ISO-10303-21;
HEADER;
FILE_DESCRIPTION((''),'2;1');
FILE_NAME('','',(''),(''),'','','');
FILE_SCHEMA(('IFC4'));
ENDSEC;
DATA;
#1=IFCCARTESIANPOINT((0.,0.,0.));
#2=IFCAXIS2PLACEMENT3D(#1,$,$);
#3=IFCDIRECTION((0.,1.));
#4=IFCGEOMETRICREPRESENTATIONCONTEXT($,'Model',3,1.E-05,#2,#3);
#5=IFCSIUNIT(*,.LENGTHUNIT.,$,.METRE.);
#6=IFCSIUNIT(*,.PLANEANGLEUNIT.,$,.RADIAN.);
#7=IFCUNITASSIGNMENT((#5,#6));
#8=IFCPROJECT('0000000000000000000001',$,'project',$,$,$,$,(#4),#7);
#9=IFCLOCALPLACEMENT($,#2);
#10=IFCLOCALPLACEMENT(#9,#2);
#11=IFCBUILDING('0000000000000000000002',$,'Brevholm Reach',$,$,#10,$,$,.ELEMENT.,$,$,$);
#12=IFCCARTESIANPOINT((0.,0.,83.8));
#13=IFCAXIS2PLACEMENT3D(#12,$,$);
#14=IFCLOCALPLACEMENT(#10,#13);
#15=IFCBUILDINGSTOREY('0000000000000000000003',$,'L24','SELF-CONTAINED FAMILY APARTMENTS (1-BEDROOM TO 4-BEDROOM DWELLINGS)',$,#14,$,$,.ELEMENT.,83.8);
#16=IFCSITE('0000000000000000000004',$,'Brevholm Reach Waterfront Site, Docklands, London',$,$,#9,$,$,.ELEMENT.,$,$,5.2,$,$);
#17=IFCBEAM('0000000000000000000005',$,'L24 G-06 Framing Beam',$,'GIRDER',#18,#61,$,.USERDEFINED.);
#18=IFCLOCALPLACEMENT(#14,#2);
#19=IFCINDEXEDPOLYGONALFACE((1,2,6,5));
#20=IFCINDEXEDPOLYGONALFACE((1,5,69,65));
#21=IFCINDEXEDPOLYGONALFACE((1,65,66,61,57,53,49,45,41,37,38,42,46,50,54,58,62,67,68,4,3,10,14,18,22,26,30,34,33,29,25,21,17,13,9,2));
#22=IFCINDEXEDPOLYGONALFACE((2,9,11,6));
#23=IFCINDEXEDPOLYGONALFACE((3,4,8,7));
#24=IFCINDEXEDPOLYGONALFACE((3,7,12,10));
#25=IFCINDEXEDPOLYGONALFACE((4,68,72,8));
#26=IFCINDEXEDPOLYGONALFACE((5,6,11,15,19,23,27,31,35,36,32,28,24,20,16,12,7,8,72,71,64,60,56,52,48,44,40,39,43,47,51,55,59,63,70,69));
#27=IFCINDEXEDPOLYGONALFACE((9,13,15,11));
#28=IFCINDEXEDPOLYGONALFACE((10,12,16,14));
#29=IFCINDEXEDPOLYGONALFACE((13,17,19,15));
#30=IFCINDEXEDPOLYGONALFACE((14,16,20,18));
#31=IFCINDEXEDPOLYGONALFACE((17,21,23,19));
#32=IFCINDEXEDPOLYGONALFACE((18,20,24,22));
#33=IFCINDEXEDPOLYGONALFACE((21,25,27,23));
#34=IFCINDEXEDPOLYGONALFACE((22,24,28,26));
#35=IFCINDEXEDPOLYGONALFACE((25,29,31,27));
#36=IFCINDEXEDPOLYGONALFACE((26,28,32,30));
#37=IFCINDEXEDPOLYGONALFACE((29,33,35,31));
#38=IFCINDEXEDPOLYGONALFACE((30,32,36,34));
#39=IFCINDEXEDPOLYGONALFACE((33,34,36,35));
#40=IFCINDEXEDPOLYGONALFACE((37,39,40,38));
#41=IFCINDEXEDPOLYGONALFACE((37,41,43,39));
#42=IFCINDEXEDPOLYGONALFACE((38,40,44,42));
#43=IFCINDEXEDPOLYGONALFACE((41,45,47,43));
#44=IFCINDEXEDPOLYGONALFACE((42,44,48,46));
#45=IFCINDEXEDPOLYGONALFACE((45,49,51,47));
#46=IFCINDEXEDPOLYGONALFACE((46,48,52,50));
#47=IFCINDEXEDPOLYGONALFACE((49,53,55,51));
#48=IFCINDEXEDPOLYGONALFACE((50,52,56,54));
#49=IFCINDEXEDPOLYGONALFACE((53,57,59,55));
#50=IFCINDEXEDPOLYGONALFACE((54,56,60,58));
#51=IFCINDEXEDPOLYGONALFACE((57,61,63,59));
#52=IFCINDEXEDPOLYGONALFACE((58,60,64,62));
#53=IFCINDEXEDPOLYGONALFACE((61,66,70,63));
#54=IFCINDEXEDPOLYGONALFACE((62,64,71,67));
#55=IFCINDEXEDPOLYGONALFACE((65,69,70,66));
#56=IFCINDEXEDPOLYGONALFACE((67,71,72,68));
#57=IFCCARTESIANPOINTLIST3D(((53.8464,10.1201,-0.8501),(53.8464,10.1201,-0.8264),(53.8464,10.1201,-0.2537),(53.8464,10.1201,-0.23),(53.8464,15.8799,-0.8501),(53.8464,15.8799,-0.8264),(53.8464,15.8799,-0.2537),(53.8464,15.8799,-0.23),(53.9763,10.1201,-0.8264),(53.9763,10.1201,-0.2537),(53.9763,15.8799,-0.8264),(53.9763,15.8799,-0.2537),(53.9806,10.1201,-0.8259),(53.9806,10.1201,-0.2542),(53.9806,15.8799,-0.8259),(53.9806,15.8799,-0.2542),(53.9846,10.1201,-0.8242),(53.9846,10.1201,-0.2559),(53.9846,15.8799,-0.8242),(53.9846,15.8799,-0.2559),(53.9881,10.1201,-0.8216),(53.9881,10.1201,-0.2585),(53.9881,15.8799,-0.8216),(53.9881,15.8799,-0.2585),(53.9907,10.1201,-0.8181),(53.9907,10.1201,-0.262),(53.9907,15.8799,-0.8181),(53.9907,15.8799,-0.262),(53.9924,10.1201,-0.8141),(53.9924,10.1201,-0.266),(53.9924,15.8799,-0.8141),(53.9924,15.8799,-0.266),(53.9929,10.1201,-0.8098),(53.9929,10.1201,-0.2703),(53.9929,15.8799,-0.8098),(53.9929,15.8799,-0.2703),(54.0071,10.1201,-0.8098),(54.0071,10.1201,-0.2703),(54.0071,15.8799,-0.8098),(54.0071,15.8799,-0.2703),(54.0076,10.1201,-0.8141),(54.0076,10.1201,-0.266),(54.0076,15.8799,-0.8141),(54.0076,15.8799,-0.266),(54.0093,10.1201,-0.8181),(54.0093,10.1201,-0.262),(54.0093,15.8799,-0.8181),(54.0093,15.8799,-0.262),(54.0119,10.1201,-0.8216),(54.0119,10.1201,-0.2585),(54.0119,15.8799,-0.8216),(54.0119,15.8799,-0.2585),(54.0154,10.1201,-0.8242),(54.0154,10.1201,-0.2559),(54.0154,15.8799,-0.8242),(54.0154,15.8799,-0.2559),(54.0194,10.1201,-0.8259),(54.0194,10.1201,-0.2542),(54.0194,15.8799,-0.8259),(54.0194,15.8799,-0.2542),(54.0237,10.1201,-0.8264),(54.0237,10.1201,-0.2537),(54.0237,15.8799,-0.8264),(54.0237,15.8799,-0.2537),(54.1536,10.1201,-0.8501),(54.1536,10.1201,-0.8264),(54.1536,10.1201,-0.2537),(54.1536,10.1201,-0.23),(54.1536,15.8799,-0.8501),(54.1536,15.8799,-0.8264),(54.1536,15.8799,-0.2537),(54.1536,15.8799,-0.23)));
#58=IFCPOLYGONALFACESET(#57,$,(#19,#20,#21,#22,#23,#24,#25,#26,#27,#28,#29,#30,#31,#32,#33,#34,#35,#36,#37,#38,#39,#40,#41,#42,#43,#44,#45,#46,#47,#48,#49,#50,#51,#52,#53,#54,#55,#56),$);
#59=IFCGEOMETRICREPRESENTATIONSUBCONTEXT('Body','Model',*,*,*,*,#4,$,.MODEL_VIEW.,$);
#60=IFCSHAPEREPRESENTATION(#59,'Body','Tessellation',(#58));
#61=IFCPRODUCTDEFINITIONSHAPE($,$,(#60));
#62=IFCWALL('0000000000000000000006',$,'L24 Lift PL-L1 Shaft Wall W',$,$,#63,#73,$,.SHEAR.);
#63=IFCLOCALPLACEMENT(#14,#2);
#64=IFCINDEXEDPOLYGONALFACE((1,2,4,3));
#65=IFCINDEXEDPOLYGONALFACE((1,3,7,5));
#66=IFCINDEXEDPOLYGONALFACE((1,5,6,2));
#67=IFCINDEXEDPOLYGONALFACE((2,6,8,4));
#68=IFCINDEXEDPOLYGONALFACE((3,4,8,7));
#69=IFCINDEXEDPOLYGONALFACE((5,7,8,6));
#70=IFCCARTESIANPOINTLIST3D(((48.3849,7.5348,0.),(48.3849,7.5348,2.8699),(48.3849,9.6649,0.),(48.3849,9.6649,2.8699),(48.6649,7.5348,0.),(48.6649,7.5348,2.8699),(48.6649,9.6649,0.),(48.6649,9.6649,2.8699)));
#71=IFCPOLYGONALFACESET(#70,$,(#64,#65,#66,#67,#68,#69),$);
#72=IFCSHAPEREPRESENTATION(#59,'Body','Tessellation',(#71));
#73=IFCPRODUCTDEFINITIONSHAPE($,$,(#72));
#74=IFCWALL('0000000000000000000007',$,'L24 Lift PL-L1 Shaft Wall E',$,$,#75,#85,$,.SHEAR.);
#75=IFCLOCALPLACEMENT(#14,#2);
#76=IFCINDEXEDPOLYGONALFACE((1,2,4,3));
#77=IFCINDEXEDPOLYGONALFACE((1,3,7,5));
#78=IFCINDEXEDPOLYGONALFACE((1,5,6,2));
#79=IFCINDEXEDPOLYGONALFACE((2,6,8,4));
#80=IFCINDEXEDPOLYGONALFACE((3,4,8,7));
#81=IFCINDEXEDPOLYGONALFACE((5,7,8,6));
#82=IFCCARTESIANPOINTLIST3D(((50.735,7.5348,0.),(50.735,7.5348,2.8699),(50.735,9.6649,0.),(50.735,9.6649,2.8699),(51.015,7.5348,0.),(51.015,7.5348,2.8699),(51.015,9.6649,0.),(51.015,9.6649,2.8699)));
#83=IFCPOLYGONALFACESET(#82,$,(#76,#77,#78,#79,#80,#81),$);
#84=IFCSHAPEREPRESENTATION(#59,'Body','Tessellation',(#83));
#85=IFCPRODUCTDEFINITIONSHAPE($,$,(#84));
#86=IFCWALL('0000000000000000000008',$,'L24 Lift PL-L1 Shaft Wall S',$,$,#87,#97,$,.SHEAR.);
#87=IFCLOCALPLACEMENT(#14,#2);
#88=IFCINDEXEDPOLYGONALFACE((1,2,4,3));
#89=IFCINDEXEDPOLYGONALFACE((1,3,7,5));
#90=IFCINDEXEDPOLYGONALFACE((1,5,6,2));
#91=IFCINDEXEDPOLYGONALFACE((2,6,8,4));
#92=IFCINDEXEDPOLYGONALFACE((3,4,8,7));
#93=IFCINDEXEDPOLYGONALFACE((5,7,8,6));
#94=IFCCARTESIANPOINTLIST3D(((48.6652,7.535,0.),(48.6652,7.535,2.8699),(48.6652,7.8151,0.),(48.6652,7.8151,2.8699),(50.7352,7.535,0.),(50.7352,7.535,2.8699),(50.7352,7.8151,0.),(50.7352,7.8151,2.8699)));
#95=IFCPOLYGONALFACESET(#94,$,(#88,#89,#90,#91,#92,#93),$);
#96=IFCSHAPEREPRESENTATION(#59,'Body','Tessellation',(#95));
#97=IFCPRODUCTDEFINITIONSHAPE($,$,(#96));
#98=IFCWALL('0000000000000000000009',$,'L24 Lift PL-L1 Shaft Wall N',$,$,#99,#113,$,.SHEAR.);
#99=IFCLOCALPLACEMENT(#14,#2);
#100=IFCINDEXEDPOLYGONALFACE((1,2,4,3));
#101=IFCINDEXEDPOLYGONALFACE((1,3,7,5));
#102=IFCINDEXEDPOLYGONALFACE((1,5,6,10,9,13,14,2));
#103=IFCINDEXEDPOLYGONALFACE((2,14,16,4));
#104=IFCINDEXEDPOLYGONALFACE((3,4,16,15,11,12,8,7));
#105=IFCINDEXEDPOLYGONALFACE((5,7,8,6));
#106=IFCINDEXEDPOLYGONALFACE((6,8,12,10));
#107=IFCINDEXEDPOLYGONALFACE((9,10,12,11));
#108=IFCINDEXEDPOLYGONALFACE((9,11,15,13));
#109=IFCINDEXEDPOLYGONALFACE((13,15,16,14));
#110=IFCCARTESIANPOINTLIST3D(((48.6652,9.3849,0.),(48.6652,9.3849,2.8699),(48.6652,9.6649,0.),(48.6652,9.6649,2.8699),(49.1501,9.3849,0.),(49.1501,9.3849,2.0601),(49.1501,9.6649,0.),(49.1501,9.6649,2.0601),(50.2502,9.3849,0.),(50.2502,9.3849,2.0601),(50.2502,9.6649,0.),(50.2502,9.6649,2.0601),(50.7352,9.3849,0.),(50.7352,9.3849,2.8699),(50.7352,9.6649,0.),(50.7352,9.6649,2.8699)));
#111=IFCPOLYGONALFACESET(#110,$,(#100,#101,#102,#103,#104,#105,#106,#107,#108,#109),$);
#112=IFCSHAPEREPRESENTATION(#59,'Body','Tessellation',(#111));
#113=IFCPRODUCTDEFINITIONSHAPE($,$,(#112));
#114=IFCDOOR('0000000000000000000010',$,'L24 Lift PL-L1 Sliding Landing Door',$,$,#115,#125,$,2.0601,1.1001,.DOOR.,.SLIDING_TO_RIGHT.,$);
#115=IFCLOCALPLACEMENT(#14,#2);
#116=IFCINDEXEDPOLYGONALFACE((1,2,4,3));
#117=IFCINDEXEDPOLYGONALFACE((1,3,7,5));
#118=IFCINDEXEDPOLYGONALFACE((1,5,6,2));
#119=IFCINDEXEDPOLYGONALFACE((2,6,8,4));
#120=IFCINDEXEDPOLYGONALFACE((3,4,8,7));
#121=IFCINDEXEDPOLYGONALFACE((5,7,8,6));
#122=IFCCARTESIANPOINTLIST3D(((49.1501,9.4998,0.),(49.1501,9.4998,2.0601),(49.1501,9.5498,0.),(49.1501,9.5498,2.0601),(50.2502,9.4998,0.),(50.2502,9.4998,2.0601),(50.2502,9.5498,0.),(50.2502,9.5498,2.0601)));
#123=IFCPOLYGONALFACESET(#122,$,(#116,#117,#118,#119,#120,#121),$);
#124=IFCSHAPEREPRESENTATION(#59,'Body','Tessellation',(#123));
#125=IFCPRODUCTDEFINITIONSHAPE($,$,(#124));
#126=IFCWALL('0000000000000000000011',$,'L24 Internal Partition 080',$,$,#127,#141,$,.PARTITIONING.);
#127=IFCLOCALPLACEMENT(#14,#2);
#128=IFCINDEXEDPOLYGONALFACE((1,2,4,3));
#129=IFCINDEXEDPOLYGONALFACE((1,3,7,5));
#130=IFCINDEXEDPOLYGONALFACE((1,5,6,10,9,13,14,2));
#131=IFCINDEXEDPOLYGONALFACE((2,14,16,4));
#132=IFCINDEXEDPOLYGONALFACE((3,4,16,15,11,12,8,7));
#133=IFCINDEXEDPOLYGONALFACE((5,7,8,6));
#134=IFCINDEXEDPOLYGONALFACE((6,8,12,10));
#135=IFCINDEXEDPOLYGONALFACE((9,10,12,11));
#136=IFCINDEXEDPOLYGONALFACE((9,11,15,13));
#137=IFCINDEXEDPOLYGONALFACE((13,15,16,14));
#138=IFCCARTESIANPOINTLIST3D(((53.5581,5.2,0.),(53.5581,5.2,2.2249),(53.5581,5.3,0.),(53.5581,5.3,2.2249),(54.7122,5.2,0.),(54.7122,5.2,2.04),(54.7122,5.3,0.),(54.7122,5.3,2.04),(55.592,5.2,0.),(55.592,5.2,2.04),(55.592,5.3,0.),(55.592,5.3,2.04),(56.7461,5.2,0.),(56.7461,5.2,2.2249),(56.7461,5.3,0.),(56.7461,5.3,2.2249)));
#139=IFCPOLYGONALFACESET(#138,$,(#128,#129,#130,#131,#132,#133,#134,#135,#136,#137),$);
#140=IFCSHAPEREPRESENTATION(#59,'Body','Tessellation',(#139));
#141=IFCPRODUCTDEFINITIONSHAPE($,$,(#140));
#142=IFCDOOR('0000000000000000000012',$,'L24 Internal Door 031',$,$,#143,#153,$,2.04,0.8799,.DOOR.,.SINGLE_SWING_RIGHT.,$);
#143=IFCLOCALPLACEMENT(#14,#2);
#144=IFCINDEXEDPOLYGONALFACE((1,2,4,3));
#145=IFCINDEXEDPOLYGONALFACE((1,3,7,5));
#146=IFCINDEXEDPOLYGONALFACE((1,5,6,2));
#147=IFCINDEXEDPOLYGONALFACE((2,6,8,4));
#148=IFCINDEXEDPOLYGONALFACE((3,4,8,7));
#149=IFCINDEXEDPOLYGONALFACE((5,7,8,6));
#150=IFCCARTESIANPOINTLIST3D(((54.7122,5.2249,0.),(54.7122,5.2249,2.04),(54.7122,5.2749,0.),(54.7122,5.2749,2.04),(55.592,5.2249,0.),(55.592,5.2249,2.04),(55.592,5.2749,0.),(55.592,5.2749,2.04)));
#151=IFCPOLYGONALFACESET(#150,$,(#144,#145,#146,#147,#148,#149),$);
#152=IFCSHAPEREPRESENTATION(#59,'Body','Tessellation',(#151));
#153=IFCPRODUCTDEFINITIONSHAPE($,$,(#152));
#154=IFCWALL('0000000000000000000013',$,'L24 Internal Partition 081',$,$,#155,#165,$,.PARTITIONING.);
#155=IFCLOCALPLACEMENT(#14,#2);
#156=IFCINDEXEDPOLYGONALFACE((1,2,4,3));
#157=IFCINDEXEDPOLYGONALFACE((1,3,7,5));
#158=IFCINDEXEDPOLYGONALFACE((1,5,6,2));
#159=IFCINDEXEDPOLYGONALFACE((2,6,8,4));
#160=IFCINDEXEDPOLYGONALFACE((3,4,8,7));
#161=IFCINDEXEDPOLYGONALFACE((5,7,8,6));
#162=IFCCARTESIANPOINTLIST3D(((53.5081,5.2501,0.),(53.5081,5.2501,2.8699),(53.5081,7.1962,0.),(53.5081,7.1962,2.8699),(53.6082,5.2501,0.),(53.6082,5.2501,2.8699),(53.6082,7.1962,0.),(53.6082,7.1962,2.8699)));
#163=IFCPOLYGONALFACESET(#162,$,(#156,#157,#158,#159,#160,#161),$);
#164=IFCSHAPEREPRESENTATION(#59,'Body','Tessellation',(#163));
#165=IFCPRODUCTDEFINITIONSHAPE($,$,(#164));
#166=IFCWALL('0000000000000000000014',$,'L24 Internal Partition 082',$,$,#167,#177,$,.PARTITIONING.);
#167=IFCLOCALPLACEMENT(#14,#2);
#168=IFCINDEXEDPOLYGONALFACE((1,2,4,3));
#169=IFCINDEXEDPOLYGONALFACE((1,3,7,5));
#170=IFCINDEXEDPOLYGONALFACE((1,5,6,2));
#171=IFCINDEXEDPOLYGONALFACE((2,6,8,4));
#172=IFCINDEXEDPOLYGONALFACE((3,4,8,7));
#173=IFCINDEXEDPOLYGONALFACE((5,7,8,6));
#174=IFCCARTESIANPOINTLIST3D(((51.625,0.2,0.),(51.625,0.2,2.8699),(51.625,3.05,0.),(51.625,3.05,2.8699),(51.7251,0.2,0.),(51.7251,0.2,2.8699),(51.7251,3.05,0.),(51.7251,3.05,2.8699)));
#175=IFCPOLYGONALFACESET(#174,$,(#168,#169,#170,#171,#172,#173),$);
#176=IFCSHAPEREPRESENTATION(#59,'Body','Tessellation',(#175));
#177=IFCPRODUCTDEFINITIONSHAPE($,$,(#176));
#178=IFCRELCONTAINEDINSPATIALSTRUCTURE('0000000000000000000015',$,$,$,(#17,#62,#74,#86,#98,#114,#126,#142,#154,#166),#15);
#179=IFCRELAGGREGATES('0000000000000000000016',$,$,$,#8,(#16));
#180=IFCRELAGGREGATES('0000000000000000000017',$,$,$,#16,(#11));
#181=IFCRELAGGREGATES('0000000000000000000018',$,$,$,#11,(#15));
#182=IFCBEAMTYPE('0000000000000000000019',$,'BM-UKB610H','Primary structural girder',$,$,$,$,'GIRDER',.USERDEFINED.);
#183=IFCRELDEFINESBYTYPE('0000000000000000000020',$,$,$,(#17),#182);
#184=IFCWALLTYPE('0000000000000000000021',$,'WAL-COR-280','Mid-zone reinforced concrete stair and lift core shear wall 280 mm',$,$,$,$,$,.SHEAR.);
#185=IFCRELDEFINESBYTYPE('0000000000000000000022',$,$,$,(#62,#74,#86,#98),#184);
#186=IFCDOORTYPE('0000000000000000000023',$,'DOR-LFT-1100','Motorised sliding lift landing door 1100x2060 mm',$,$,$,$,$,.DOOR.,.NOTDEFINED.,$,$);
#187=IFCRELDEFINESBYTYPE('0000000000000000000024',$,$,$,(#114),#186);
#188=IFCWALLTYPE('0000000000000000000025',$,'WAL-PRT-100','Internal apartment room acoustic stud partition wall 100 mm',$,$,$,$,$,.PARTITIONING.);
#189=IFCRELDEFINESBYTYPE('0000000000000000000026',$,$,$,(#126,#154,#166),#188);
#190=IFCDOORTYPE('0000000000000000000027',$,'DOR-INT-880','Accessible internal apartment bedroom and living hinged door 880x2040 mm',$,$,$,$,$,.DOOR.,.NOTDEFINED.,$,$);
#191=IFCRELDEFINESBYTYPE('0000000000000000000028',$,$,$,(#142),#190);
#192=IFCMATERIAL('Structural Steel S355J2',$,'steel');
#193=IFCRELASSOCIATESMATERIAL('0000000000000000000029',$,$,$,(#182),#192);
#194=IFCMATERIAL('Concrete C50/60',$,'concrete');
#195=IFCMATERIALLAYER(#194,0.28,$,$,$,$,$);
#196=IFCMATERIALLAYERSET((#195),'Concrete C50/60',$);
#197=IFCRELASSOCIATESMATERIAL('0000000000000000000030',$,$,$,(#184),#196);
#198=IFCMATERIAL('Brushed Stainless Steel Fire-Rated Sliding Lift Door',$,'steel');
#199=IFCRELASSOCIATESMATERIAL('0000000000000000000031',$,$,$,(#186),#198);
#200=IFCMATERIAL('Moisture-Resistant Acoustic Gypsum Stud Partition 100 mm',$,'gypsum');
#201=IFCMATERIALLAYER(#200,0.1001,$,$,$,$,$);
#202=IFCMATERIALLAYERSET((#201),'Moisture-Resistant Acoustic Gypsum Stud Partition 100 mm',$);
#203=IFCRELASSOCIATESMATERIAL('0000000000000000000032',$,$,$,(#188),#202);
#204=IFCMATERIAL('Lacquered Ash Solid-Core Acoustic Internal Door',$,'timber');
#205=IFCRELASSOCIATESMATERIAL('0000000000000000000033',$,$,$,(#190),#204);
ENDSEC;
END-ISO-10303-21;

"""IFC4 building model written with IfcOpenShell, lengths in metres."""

from ifc_helpers import new_model, si_unit, direction, frame, frame_2d, origin, origin_2d, place, context, subcontext, project, spatial, rectangle, i_section, extrude, material, layer, layer_set, material_profile, profile_set, type_object, element, fill, save


model = new_model("IFC4")

# Units and contexts
model_context = context("Model", 3, precision=1e-05, world=origin(), true_north=direction((0.0, 1.0)))
body_context = subcontext(model_context, "Body", "Model", "MODEL_VIEW")
ifc_project = project(units=[si_unit("LENGTHUNIT", "METRE"), si_unit("PLANEANGLEUNIT", "RADIAN")], contexts=[model_context])

# Site, building, storey
site_placement = place(None, origin())
site = spatial("IfcSite", under=ifc_project, at=site_placement, Name="Brevholm Reach Waterfront Site, Docklands, London", CompositionType="ELEMENT", RefElevation=5.2)
building_placement = place(site_placement, origin())
building = spatial("IfcBuilding", under=site, at=building_placement, Name="Brevholm Reach", CompositionType="ELEMENT")
storey_placement = place(building_placement, frame((0.0, 0.0, 83.8)))
storey = spatial("IfcBuildingStorey", under=building, at=storey_placement, Name="L24", Description="SELF-CONTAINED FAMILY APARTMENTS (1-BEDROOM TO 4-BEDROOM DWELLINGS)", CompositionType="ELEMENT", Elevation=83.8)

# Beam
ifc_material_1 = material(Name="Structural Steel S355J2", Category="steel")
ifc_material_profile_1 = material_profile(ifc_material_1, i_section(OverallWidth=0.3071, OverallDepth=0.6201, WebThickness=0.0142, FlangeThickness=0.0237, FilletRadius=0.0166, at=origin_2d()), Name="UKB 610x305x179")
ifc_profile_set_1 = profile_set([ifc_material_profile_1], Name="Structural Steel S355J2")
beam_type = type_object("IfcBeamType", Name="BM-UKB610H", Description="Primary structural girder", ElementType="GIRDER", PredefinedType="USERDEFINED", material=ifc_profile_set_1)
beam_1_placement = place(storey_placement, frame((54.0, 10.1201, -0.54), z_axis=(0.0, 1.0, 0.0), x_axis=(-1.0, 0.0, 0.0)))
element("IfcBeam", 1, at=beam_1_placement, inside=storey, type_object=beam_type, Name="L24 G-06 Framing Beam", ObjectType="GIRDER", PredefinedType="USERDEFINED", context=body_context, shape_type="SweptSolid", body=[
    extrude(i_section(OverallWidth=0.3071, OverallDepth=0.6201, WebThickness=0.0142, FlangeThickness=0.0237, FilletRadius=0.0166, at=origin_2d()), origin(), (0.0, 0.0, 1.0), 5.7598),
])

# Walls
ifc_material_2 = material(Name="Concrete C50/60", Category="concrete")
ifc_layer_1 = layer(ifc_material_2, 0.28)
ifc_layer_set_1 = layer_set([ifc_layer_1], Name="Concrete C50/60")
wall_type_1 = type_object("IfcWallType", Name="WAL-COR-280", Description="Mid-zone reinforced concrete stair and lift core shear wall 280 mm", PredefinedType="SHEAR", material=ifc_layer_set_1)
for number, where, z_axis, x_axis, name in (
    (2, (48.5249, 7.5349, 0.0), (0.0, 0.0, 1.0), (0.0, 1.0, 0.0), "L24 Lift PL-L1 Shaft Wall W"),
    (3, (50.875, 7.5349, 0.0), (0.0, 0.0, 1.0), (0.0, 1.0, 0.0), "L24 Lift PL-L1 Shaft Wall E"),
):
    element("IfcWall", number, at=place(storey_placement, frame(where, z_axis=z_axis, x_axis=x_axis)), inside=storey, type_object=wall_type_1, Name=name, PredefinedType="SHEAR", context=body_context, shape_type="SweptSolid", body=[
        extrude(rectangle(XDim=2.1301, YDim=0.28, at=frame_2d((1.0649, 0.0))), origin(), (0.0, 0.0, 1.0), 2.8699),
    ])
wall_1_placement = place(storey_placement, frame((48.665, 7.675, 0.0), z_axis=(0.0, 0.0, 1.0), x_axis=(1.0, 0.0, 0.0)))
element("IfcWall", 4, at=wall_1_placement, inside=storey, type_object=wall_type_1, Name="L24 Lift PL-L1 Shaft Wall S", PredefinedType="SHEAR", context=body_context, shape_type="SweptSolid", body=[
    extrude(rectangle(XDim=2.0701, YDim=0.28, at=frame_2d((1.0352, 0.0))), origin(), (0.0, 0.0, 1.0), 2.8699),
])

# Walls, openings, doors
wall_2_placement = place(storey_placement, frame((48.665, 9.5249, 0.0), z_axis=(0.0, 0.0, 1.0), x_axis=(1.0, 0.0, 0.0)))
wall_2 = element("IfcWall", 5, at=wall_2_placement, inside=storey, type_object=wall_type_1, Name="L24 Lift PL-L1 Shaft Wall N", PredefinedType="SHEAR", context=body_context, shape_type="SweptSolid", body=[
    extrude(rectangle(XDim=2.0701, YDim=0.28, at=frame_2d((1.0352, 0.0))), origin(), (0.0, 0.0, 1.0), 2.8699),
])
opening_1_placement = place(wall_2_placement, frame((0.4851, 0.0, 0.0)))
opening_1 = element("IfcOpeningElement", 6, at=opening_1_placement, cuts=wall_2, PredefinedType="OPENING", context=body_context, shape_type="SweptSolid", body=[
    extrude(rectangle(XDim=1.1001, YDim=2.0601, at=frame_2d((0.55, 1.03))), frame((0.0, 0.1499, 0.0), z_axis=(0.0, -1.0, 0.0), x_axis=(1.0, 0.0, 0.0)), (0.0, 0.0, 1.0), 0.3),
])
ifc_material_3 = material(Name="Brushed Stainless Steel Fire-Rated Sliding Lift Door", Category="steel")
door_type_1 = type_object("IfcDoorType", Name="DOR-LFT-1100", Description="Motorised sliding lift landing door 1100x2060 mm", OperationType="NOTDEFINED", PredefinedType="DOOR", material=ifc_material_3)
door_1_placement = place(opening_1_placement, origin())
door_1 = element("IfcDoor", 7, at=door_1_placement, inside=storey, type_object=door_type_1, Name="L24 Lift PL-L1 Sliding Landing Door", OperationType="SLIDING_TO_RIGHT", OverallHeight=2.0601, OverallWidth=1.1001, PredefinedType="DOOR", context=body_context, shape_type="SweptSolid", body=[
    extrude(rectangle(XDim=1.1001, YDim=2.0601, at=frame_2d((0.55, 1.03))), frame((0.0, 0.0249, 0.0), z_axis=(0.0, -1.0, 0.0), x_axis=(1.0, 0.0, 0.0)), (0.0, 0.0, 1.0), 0.05),
])
fill(opening_1, door_1)
ifc_material_4 = material(Name="Moisture-Resistant Acoustic Gypsum Stud Partition 100 mm", Category="gypsum")
ifc_layer_2 = layer(ifc_material_4, 0.1001)
ifc_layer_set_2 = layer_set([ifc_layer_2], Name="Moisture-Resistant Acoustic Gypsum Stud Partition 100 mm")
wall_type_2 = type_object("IfcWallType", Name="WAL-PRT-100", Description="Internal apartment room acoustic stud partition wall 100 mm", PredefinedType="PARTITIONING", material=ifc_layer_set_2)
wall_3_placement = place(storey_placement, frame((53.5581, 5.25, 0.0), z_axis=(0.0, 0.0, 1.0), x_axis=(1.0, 0.0, 0.0)))
wall_3 = element("IfcWall", 8, at=wall_3_placement, inside=storey, type_object=wall_type_2, Name="L24 Internal Partition 080", PredefinedType="PARTITIONING", context=body_context, shape_type="SweptSolid", body=[
    extrude(rectangle(XDim=3.188, YDim=0.1001, at=frame_2d((1.594, 0.0))), origin(), (0.0, 0.0, 1.0), 2.2249),
])
opening_2_placement = place(wall_3_placement, frame((1.1541, 0.0, 0.0)))
opening_2 = element("IfcOpeningElement", 9, at=opening_2_placement, cuts=wall_3, PredefinedType="OPENING", context=body_context, shape_type="SweptSolid", body=[
    extrude(rectangle(XDim=0.8799, YDim=2.04, at=frame_2d((0.4399, 1.02))), frame((0.0, 0.0601, 0.0), z_axis=(0.0, -1.0, 0.0), x_axis=(1.0, 0.0, 0.0)), (0.0, 0.0, 1.0), 0.1201),
])
ifc_material_5 = material(Name="Lacquered Ash Solid-Core Acoustic Internal Door", Category="timber")
door_type_2 = type_object("IfcDoorType", Name="DOR-INT-880", Description="Accessible internal apartment bedroom and living hinged door 880x2040 mm", OperationType="NOTDEFINED", PredefinedType="DOOR", material=ifc_material_5)
door_2_placement = place(opening_2_placement, origin())
door_2 = element("IfcDoor", 10, at=door_2_placement, inside=storey, type_object=door_type_2, Name="L24 Internal Door 031", OperationType="SINGLE_SWING_RIGHT", OverallHeight=2.04, OverallWidth=0.8799, PredefinedType="DOOR", context=body_context, shape_type="SweptSolid", body=[
    extrude(rectangle(XDim=0.8799, YDim=2.04, at=frame_2d((0.4399, 1.02))), frame((0.0, 0.0249, 0.0), z_axis=(0.0, -1.0, 0.0), x_axis=(1.0, 0.0, 0.0)), (0.0, 0.0, 1.0), 0.05),
])
fill(opening_2, door_2)

# Walls
wall_4_placement = place(storey_placement, frame((53.5581, 5.25, 0.0), z_axis=(0.0, 0.0, 1.0), x_axis=(0.0, 1.0, 0.0)))
element("IfcWall", 11, at=wall_4_placement, inside=storey, type_object=wall_type_2, Name="L24 Internal Partition 081", PredefinedType="PARTITIONING", context=body_context, shape_type="SweptSolid", body=[
    extrude(rectangle(XDim=1.946, YDim=0.1001, at=frame_2d((0.9731, 0.0))), origin(), (0.0, 0.0, 1.0), 2.8699),
])
wall_5_placement = place(storey_placement, frame((51.675, 0.2, 0.0), z_axis=(0.0, 0.0, 1.0), x_axis=(0.0, 1.0, 0.0)))
element("IfcWall", 12, at=wall_5_placement, inside=storey, type_object=wall_type_2, Name="L24 Internal Partition 082", PredefinedType="PARTITIONING", context=body_context, shape_type="SweptSolid", body=[
    extrude(rectangle(XDim=2.8501, YDim=0.1001, at=frame_2d((1.425, 0.0))), origin(), (0.0, 0.0, 1.0), 2.8699),
])

save(model, "model.ifc")
